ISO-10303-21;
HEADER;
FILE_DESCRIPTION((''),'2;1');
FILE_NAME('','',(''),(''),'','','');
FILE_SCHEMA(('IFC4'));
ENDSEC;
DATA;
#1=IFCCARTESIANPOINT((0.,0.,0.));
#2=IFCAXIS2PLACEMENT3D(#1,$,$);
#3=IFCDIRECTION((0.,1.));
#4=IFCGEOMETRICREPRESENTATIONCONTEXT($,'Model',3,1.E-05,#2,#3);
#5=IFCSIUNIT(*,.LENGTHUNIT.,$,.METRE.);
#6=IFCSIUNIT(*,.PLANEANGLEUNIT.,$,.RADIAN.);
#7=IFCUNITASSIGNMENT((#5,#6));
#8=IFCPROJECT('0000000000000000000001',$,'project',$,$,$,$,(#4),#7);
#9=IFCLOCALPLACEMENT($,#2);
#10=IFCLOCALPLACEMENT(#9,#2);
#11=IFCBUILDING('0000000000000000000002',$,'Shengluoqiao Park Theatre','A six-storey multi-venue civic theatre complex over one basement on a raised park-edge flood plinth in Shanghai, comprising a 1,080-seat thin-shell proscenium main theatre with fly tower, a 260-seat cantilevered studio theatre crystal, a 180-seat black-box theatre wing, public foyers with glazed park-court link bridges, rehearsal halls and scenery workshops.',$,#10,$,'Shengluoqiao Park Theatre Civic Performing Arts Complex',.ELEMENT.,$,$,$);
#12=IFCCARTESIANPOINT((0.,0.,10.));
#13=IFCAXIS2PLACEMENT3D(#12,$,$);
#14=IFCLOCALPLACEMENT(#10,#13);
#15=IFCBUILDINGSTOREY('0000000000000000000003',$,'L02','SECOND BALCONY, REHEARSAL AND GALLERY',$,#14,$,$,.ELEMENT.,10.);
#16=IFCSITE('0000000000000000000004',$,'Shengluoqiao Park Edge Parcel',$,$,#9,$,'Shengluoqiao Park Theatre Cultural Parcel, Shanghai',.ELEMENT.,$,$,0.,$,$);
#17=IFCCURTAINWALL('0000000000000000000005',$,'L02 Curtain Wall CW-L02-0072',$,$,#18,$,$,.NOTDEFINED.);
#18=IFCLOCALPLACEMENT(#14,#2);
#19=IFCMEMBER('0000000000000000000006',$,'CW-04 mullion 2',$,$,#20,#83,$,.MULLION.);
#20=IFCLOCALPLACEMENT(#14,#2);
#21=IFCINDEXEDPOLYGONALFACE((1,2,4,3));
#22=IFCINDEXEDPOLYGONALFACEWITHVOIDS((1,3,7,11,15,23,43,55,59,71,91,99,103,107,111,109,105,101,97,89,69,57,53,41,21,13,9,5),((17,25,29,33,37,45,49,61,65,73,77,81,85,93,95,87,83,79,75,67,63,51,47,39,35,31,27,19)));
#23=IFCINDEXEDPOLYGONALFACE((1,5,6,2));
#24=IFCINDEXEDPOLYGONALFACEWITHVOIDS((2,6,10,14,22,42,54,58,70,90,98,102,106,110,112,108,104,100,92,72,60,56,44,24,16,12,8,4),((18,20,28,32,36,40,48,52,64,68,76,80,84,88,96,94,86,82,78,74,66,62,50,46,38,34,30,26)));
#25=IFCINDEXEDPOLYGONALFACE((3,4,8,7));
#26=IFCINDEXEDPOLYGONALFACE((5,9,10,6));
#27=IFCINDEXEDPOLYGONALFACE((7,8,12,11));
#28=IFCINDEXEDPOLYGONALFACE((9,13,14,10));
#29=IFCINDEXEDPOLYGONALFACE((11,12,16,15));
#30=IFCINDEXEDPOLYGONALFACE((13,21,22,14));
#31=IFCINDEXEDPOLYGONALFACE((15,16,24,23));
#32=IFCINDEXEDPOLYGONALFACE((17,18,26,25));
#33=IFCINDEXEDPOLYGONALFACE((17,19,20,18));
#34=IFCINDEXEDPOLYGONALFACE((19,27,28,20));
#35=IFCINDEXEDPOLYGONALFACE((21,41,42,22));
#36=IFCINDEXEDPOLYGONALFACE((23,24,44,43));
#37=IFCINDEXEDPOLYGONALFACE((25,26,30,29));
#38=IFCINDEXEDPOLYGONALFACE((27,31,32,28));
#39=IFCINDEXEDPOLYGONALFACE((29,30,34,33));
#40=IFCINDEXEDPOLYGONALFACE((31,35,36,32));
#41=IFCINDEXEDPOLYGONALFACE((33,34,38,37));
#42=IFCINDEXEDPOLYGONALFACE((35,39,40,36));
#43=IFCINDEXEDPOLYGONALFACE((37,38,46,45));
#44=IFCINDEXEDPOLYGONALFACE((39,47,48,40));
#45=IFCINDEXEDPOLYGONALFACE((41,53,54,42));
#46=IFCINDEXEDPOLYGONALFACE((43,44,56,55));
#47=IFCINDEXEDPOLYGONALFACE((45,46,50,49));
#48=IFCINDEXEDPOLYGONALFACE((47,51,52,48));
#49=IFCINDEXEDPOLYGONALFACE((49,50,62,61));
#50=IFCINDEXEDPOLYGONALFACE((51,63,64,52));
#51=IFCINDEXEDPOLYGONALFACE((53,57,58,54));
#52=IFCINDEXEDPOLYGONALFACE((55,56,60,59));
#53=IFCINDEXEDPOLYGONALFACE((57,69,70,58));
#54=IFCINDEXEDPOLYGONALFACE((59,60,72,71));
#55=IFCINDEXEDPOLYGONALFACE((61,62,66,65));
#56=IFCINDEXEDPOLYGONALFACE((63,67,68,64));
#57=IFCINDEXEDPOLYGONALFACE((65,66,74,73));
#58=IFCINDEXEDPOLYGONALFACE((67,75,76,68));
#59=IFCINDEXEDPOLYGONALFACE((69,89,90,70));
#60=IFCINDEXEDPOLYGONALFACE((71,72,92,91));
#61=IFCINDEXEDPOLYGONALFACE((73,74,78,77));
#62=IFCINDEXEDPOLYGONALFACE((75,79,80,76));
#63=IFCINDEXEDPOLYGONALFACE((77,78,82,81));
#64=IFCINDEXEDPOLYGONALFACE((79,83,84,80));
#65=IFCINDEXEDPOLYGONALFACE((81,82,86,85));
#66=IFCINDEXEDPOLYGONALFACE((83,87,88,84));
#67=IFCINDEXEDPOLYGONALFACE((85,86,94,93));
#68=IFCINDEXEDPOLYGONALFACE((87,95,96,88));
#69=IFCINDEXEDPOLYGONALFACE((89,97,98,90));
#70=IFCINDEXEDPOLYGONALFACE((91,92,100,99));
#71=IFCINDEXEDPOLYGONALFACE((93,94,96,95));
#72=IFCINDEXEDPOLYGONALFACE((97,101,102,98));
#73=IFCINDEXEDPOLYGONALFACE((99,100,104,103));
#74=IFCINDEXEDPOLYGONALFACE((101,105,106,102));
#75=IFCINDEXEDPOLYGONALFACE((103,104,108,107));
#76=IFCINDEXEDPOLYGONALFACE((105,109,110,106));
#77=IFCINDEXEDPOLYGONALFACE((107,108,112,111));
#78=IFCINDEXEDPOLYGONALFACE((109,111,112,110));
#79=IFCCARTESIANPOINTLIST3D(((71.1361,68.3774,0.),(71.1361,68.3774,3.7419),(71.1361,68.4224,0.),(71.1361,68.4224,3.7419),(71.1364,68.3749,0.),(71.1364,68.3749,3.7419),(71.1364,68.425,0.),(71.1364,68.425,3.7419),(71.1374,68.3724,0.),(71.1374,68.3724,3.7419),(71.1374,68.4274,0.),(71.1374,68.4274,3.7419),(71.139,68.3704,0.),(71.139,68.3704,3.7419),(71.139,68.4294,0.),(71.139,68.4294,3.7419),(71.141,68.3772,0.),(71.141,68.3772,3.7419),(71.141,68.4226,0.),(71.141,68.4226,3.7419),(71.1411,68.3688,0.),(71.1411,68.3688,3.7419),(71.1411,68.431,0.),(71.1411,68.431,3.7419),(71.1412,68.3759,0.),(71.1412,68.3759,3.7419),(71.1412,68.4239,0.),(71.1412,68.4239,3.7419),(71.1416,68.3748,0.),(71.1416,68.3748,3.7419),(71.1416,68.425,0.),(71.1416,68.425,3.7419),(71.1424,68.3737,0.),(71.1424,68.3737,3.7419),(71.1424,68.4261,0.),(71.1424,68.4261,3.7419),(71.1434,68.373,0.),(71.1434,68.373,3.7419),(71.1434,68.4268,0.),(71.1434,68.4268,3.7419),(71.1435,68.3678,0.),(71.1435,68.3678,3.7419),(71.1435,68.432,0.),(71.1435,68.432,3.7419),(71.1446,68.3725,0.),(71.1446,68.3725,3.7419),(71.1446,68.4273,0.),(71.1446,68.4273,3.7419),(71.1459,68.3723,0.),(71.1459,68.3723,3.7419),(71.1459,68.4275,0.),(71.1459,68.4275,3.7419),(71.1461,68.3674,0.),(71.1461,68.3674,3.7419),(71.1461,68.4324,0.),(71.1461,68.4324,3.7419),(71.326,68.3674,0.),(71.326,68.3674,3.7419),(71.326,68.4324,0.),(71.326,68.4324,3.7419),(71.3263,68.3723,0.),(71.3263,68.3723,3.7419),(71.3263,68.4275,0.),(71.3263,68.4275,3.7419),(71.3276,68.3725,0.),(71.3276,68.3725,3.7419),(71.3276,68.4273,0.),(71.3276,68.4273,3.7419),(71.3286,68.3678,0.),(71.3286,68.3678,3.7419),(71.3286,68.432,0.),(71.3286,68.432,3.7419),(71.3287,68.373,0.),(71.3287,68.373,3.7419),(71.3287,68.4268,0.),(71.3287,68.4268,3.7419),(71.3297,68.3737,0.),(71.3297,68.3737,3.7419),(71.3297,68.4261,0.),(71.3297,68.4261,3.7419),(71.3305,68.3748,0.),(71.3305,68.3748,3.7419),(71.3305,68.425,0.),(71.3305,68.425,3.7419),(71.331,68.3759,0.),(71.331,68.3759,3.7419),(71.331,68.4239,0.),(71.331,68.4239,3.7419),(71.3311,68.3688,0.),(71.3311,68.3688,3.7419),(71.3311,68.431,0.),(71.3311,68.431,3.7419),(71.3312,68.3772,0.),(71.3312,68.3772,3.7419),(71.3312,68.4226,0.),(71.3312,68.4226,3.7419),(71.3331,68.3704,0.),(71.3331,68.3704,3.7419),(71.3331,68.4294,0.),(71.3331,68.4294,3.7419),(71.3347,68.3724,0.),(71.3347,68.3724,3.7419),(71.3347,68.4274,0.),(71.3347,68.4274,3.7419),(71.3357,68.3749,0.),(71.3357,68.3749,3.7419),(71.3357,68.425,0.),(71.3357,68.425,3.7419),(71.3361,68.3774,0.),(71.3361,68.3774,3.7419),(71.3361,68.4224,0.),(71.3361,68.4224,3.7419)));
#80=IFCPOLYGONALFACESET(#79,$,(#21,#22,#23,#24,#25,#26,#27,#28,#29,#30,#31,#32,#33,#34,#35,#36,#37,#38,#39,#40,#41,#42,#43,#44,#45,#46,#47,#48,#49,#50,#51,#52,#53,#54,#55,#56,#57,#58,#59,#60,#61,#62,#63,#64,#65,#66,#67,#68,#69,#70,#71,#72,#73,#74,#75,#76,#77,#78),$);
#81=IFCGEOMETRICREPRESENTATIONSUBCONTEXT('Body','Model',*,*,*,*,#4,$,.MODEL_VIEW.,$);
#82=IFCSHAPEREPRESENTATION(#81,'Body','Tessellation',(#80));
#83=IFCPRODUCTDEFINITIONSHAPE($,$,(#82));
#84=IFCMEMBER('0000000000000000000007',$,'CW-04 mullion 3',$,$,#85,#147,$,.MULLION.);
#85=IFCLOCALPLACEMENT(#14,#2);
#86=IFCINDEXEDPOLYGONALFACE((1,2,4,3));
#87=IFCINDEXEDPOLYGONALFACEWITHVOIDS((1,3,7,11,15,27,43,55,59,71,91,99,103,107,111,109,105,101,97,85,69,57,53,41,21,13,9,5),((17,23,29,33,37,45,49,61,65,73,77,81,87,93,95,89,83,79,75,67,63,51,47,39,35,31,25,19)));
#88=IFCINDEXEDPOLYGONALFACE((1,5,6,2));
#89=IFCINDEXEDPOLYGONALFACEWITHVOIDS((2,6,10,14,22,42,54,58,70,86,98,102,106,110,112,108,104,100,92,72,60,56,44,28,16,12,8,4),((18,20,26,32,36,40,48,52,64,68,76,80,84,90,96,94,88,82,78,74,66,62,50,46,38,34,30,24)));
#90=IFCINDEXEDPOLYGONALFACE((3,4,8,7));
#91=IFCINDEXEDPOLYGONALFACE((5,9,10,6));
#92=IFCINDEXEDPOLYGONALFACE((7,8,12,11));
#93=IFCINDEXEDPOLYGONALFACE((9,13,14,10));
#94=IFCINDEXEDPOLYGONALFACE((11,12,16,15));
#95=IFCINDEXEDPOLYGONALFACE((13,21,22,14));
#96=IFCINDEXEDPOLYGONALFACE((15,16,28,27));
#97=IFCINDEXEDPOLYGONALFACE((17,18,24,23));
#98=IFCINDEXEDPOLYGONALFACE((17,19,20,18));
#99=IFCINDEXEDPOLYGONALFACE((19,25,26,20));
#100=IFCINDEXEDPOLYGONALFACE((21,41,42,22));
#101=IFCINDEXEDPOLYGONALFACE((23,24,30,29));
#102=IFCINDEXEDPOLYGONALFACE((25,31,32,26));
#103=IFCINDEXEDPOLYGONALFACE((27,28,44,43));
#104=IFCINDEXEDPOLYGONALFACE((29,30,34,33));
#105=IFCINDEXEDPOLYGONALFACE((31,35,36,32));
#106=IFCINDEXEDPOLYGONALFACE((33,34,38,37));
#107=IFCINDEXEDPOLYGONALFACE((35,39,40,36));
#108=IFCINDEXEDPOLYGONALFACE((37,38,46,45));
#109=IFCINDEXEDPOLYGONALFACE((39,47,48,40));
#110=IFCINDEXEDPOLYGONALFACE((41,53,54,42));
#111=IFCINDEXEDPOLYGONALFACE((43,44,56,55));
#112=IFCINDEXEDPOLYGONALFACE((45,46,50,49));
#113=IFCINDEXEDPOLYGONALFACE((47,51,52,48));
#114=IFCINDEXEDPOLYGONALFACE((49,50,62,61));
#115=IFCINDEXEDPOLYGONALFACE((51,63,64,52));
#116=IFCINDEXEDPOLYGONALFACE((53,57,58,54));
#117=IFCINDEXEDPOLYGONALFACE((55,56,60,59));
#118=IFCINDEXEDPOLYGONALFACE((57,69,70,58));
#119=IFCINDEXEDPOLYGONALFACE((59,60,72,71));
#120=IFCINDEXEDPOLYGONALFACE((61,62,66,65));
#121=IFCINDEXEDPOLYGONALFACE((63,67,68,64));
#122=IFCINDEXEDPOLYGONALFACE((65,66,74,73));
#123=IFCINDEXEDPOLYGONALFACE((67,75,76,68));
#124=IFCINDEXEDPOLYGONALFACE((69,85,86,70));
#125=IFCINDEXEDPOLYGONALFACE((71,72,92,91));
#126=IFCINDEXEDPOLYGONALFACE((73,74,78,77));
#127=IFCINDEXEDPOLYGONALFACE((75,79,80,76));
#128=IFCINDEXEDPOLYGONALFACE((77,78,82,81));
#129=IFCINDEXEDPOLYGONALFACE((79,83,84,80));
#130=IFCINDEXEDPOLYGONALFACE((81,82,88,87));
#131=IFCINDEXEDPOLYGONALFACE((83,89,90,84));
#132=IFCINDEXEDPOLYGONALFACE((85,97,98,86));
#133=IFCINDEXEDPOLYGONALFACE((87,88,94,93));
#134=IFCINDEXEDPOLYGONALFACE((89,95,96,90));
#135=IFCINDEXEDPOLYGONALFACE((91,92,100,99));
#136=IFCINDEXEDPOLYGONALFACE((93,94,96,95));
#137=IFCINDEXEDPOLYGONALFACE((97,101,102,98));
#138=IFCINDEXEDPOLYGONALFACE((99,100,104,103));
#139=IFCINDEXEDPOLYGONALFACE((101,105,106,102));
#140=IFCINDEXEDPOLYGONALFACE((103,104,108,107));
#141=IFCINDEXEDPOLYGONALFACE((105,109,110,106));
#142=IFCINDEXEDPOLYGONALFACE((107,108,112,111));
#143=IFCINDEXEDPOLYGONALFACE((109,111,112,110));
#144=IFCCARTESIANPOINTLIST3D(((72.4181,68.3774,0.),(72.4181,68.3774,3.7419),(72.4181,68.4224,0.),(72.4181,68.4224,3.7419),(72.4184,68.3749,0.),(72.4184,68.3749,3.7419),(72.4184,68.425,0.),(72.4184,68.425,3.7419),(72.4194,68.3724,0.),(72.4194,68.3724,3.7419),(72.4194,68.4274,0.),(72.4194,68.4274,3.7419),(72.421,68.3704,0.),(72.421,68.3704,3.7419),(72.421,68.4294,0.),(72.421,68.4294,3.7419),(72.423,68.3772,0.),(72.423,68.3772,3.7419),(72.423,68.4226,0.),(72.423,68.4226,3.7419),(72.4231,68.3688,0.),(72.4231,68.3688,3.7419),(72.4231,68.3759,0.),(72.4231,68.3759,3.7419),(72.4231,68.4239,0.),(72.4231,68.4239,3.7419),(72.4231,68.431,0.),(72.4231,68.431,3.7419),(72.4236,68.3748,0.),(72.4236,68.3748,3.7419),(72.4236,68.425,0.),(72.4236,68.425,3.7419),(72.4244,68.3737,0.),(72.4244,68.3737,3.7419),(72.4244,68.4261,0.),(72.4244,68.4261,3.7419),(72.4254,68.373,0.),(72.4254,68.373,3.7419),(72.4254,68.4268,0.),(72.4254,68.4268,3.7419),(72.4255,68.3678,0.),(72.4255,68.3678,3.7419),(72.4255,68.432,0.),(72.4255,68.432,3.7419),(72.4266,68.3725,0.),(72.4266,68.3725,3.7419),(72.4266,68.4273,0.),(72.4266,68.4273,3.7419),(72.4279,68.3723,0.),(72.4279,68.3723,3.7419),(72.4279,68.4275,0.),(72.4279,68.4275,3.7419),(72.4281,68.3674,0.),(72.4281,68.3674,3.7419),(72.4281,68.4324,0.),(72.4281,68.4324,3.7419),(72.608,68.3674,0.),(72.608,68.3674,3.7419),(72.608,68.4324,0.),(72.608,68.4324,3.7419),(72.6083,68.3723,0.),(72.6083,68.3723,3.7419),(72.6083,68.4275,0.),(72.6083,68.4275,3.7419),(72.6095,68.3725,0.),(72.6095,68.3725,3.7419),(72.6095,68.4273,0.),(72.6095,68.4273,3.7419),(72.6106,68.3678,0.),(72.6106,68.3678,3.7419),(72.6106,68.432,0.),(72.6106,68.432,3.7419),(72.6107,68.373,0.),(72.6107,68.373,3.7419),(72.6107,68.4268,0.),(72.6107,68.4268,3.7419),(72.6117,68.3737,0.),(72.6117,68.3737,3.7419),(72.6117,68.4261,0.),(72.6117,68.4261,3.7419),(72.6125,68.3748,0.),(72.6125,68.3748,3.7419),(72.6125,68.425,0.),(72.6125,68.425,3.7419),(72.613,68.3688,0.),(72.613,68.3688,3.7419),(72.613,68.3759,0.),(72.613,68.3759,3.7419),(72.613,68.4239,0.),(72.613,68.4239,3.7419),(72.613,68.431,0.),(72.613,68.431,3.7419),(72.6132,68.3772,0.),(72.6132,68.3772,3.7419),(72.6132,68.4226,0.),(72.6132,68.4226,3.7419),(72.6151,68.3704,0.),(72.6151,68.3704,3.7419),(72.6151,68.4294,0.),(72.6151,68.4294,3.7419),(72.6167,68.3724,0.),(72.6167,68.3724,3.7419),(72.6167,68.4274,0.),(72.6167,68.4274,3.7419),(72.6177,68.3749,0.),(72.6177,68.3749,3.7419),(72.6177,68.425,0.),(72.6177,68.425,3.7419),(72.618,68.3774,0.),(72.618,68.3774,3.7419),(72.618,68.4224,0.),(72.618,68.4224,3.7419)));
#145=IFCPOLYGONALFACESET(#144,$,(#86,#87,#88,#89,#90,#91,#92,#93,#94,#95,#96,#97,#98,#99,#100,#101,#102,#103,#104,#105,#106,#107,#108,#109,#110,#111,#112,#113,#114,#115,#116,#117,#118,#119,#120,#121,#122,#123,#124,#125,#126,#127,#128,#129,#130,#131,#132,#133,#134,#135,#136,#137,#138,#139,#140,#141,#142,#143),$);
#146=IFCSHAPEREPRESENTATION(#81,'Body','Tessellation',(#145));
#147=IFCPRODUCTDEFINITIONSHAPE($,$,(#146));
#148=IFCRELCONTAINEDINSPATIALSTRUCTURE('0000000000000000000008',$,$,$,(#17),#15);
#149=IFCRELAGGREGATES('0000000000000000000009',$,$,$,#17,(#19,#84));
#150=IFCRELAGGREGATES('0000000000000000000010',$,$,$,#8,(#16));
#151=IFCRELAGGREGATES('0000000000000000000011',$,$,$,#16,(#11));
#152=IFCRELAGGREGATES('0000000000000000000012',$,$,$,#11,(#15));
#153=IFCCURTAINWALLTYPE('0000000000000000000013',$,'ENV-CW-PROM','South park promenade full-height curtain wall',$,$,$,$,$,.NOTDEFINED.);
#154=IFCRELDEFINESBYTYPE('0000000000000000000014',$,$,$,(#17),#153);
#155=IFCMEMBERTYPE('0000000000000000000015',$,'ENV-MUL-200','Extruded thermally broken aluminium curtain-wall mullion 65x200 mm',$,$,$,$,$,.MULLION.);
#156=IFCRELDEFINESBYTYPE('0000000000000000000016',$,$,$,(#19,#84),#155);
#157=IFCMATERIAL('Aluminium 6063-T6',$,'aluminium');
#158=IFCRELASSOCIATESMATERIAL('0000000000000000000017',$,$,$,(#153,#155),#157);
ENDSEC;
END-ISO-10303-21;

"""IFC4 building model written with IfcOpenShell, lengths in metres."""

from ifc_helpers import new_model, si_unit, direction, frame, origin, origin_2d, place, context, subcontext, project, spatial, hollow_rectangle, extrude, material, material_profile, profile_set, type_object, element, aggregate, save


model = new_model("IFC4")

# Units and contexts
model_context = context("Model", 3, precision=1e-05, world=origin(), true_north=direction((0.0, 1.0)))
body_context = subcontext(model_context, "Body", "Model", "MODEL_VIEW")
ifc_project = project(units=[si_unit("LENGTHUNIT", "METRE"), si_unit("PLANEANGLEUNIT", "RADIAN")], contexts=[model_context])

# Site, building, storey
site_placement = place(None, origin())
site = spatial("IfcSite", under=ifc_project, at=site_placement, Name="Shengluoqiao Park Edge Parcel", LongName="Shengluoqiao Park Theatre Cultural Parcel, Shanghai", CompositionType="ELEMENT", RefElevation=0.0)
building_placement = place(site_placement, origin())
building = spatial("IfcBuilding", under=site, at=building_placement, Name="Shengluoqiao Park Theatre", Description="A six-storey multi-venue civic theatre complex over one basement on a raised park-edge flood plinth in Shanghai, comprising a 1,080-seat thin-shell proscenium main theatre with fly tower, a 260-seat cantilevered studio theatre crystal, a 180-seat black-box theatre wing, public foyers with glazed park-court link bridges, rehearsal halls and scenery workshops.", LongName="Shengluoqiao Park Theatre Civic Performing Arts Complex", CompositionType="ELEMENT")
storey_placement = place(building_placement, frame((0.0, 0.0, 10.0)))
storey = spatial("IfcBuildingStorey", under=building, at=storey_placement, Name="L02", Description="SECOND BALCONY, REHEARSAL AND GALLERY", CompositionType="ELEMENT", Elevation=10.0)

# Shared definitions
ifc_material_1 = material(Name="Aluminium 6063-T6", Category="aluminium")
curtain_wall_type = type_object("IfcCurtainWallType", Name="ENV-CW-PROM", Description="South park promenade full-height curtain wall", PredefinedType="NOTDEFINED", material=ifc_material_1)
ifc_material_profile_1 = material_profile(ifc_material_1, hollow_rectangle(XDim=0.0649, YDim=0.2, WallThickness=0.0049, InnerFilletRadius=0.0049, OuterFilletRadius=0.01, at=origin_2d()), Name="ALU MULLION 200x65x5")
ifc_profile_set_1 = profile_set([ifc_material_profile_1], Name="Aluminium 6063-T6")
member_type_1 = type_object("IfcMemberType", Name="ENV-MUL-200", Description="Extruded thermally broken aluminium curtain-wall mullion 65x200 mm", PredefinedType="MULLION", material=ifc_profile_set_1)

# Curtain wall, members
curtain_wall_1_placement = place(storey_placement, origin())
curtain_wall_1 = element("IfcCurtainWall", 1, at=curtain_wall_1_placement, inside=storey, type_object=curtain_wall_type, Name="L02 Curtain Wall CW-L02-0072", PredefinedType="NOTDEFINED")
member_1_placement = place(storey_placement, frame((71.2361, 68.3999, 0.0), z_axis=(0.0, 0.0, 1.0), x_axis=(0.0, 1.0, 0.0)))
member_1 = element("IfcMember", 2, at=member_1_placement, type_object=member_type_1, Name="CW-04 mullion 2", PredefinedType="MULLION", context=body_context, shape_type="SweptSolid", body=[
    extrude(hollow_rectangle(XDim=0.0649, YDim=0.2, WallThickness=0.0049, InnerFilletRadius=0.0049, OuterFilletRadius=0.01, at=origin_2d()), origin(), (0.0, 0.0, 1.0), 3.7419),
])
member_2_placement = place(storey_placement, frame((72.5181, 68.3999, 0.0), z_axis=(0.0, 0.0, 1.0), x_axis=(0.0, 1.0, 0.0)))
member_2 = element("IfcMember", 3, at=member_2_placement, type_object=member_type_1, Name="CW-04 mullion 3", PredefinedType="MULLION", context=body_context, shape_type="SweptSolid", body=[
    extrude(hollow_rectangle(XDim=0.0649, YDim=0.2, WallThickness=0.0049, InnerFilletRadius=0.0049, OuterFilletRadius=0.01, at=origin_2d()), origin(), (0.0, 0.0, 1.0), 3.7419),
])

aggregate(curtain_wall_1, [member_1, member_2])

save(model, "model.ifc")
